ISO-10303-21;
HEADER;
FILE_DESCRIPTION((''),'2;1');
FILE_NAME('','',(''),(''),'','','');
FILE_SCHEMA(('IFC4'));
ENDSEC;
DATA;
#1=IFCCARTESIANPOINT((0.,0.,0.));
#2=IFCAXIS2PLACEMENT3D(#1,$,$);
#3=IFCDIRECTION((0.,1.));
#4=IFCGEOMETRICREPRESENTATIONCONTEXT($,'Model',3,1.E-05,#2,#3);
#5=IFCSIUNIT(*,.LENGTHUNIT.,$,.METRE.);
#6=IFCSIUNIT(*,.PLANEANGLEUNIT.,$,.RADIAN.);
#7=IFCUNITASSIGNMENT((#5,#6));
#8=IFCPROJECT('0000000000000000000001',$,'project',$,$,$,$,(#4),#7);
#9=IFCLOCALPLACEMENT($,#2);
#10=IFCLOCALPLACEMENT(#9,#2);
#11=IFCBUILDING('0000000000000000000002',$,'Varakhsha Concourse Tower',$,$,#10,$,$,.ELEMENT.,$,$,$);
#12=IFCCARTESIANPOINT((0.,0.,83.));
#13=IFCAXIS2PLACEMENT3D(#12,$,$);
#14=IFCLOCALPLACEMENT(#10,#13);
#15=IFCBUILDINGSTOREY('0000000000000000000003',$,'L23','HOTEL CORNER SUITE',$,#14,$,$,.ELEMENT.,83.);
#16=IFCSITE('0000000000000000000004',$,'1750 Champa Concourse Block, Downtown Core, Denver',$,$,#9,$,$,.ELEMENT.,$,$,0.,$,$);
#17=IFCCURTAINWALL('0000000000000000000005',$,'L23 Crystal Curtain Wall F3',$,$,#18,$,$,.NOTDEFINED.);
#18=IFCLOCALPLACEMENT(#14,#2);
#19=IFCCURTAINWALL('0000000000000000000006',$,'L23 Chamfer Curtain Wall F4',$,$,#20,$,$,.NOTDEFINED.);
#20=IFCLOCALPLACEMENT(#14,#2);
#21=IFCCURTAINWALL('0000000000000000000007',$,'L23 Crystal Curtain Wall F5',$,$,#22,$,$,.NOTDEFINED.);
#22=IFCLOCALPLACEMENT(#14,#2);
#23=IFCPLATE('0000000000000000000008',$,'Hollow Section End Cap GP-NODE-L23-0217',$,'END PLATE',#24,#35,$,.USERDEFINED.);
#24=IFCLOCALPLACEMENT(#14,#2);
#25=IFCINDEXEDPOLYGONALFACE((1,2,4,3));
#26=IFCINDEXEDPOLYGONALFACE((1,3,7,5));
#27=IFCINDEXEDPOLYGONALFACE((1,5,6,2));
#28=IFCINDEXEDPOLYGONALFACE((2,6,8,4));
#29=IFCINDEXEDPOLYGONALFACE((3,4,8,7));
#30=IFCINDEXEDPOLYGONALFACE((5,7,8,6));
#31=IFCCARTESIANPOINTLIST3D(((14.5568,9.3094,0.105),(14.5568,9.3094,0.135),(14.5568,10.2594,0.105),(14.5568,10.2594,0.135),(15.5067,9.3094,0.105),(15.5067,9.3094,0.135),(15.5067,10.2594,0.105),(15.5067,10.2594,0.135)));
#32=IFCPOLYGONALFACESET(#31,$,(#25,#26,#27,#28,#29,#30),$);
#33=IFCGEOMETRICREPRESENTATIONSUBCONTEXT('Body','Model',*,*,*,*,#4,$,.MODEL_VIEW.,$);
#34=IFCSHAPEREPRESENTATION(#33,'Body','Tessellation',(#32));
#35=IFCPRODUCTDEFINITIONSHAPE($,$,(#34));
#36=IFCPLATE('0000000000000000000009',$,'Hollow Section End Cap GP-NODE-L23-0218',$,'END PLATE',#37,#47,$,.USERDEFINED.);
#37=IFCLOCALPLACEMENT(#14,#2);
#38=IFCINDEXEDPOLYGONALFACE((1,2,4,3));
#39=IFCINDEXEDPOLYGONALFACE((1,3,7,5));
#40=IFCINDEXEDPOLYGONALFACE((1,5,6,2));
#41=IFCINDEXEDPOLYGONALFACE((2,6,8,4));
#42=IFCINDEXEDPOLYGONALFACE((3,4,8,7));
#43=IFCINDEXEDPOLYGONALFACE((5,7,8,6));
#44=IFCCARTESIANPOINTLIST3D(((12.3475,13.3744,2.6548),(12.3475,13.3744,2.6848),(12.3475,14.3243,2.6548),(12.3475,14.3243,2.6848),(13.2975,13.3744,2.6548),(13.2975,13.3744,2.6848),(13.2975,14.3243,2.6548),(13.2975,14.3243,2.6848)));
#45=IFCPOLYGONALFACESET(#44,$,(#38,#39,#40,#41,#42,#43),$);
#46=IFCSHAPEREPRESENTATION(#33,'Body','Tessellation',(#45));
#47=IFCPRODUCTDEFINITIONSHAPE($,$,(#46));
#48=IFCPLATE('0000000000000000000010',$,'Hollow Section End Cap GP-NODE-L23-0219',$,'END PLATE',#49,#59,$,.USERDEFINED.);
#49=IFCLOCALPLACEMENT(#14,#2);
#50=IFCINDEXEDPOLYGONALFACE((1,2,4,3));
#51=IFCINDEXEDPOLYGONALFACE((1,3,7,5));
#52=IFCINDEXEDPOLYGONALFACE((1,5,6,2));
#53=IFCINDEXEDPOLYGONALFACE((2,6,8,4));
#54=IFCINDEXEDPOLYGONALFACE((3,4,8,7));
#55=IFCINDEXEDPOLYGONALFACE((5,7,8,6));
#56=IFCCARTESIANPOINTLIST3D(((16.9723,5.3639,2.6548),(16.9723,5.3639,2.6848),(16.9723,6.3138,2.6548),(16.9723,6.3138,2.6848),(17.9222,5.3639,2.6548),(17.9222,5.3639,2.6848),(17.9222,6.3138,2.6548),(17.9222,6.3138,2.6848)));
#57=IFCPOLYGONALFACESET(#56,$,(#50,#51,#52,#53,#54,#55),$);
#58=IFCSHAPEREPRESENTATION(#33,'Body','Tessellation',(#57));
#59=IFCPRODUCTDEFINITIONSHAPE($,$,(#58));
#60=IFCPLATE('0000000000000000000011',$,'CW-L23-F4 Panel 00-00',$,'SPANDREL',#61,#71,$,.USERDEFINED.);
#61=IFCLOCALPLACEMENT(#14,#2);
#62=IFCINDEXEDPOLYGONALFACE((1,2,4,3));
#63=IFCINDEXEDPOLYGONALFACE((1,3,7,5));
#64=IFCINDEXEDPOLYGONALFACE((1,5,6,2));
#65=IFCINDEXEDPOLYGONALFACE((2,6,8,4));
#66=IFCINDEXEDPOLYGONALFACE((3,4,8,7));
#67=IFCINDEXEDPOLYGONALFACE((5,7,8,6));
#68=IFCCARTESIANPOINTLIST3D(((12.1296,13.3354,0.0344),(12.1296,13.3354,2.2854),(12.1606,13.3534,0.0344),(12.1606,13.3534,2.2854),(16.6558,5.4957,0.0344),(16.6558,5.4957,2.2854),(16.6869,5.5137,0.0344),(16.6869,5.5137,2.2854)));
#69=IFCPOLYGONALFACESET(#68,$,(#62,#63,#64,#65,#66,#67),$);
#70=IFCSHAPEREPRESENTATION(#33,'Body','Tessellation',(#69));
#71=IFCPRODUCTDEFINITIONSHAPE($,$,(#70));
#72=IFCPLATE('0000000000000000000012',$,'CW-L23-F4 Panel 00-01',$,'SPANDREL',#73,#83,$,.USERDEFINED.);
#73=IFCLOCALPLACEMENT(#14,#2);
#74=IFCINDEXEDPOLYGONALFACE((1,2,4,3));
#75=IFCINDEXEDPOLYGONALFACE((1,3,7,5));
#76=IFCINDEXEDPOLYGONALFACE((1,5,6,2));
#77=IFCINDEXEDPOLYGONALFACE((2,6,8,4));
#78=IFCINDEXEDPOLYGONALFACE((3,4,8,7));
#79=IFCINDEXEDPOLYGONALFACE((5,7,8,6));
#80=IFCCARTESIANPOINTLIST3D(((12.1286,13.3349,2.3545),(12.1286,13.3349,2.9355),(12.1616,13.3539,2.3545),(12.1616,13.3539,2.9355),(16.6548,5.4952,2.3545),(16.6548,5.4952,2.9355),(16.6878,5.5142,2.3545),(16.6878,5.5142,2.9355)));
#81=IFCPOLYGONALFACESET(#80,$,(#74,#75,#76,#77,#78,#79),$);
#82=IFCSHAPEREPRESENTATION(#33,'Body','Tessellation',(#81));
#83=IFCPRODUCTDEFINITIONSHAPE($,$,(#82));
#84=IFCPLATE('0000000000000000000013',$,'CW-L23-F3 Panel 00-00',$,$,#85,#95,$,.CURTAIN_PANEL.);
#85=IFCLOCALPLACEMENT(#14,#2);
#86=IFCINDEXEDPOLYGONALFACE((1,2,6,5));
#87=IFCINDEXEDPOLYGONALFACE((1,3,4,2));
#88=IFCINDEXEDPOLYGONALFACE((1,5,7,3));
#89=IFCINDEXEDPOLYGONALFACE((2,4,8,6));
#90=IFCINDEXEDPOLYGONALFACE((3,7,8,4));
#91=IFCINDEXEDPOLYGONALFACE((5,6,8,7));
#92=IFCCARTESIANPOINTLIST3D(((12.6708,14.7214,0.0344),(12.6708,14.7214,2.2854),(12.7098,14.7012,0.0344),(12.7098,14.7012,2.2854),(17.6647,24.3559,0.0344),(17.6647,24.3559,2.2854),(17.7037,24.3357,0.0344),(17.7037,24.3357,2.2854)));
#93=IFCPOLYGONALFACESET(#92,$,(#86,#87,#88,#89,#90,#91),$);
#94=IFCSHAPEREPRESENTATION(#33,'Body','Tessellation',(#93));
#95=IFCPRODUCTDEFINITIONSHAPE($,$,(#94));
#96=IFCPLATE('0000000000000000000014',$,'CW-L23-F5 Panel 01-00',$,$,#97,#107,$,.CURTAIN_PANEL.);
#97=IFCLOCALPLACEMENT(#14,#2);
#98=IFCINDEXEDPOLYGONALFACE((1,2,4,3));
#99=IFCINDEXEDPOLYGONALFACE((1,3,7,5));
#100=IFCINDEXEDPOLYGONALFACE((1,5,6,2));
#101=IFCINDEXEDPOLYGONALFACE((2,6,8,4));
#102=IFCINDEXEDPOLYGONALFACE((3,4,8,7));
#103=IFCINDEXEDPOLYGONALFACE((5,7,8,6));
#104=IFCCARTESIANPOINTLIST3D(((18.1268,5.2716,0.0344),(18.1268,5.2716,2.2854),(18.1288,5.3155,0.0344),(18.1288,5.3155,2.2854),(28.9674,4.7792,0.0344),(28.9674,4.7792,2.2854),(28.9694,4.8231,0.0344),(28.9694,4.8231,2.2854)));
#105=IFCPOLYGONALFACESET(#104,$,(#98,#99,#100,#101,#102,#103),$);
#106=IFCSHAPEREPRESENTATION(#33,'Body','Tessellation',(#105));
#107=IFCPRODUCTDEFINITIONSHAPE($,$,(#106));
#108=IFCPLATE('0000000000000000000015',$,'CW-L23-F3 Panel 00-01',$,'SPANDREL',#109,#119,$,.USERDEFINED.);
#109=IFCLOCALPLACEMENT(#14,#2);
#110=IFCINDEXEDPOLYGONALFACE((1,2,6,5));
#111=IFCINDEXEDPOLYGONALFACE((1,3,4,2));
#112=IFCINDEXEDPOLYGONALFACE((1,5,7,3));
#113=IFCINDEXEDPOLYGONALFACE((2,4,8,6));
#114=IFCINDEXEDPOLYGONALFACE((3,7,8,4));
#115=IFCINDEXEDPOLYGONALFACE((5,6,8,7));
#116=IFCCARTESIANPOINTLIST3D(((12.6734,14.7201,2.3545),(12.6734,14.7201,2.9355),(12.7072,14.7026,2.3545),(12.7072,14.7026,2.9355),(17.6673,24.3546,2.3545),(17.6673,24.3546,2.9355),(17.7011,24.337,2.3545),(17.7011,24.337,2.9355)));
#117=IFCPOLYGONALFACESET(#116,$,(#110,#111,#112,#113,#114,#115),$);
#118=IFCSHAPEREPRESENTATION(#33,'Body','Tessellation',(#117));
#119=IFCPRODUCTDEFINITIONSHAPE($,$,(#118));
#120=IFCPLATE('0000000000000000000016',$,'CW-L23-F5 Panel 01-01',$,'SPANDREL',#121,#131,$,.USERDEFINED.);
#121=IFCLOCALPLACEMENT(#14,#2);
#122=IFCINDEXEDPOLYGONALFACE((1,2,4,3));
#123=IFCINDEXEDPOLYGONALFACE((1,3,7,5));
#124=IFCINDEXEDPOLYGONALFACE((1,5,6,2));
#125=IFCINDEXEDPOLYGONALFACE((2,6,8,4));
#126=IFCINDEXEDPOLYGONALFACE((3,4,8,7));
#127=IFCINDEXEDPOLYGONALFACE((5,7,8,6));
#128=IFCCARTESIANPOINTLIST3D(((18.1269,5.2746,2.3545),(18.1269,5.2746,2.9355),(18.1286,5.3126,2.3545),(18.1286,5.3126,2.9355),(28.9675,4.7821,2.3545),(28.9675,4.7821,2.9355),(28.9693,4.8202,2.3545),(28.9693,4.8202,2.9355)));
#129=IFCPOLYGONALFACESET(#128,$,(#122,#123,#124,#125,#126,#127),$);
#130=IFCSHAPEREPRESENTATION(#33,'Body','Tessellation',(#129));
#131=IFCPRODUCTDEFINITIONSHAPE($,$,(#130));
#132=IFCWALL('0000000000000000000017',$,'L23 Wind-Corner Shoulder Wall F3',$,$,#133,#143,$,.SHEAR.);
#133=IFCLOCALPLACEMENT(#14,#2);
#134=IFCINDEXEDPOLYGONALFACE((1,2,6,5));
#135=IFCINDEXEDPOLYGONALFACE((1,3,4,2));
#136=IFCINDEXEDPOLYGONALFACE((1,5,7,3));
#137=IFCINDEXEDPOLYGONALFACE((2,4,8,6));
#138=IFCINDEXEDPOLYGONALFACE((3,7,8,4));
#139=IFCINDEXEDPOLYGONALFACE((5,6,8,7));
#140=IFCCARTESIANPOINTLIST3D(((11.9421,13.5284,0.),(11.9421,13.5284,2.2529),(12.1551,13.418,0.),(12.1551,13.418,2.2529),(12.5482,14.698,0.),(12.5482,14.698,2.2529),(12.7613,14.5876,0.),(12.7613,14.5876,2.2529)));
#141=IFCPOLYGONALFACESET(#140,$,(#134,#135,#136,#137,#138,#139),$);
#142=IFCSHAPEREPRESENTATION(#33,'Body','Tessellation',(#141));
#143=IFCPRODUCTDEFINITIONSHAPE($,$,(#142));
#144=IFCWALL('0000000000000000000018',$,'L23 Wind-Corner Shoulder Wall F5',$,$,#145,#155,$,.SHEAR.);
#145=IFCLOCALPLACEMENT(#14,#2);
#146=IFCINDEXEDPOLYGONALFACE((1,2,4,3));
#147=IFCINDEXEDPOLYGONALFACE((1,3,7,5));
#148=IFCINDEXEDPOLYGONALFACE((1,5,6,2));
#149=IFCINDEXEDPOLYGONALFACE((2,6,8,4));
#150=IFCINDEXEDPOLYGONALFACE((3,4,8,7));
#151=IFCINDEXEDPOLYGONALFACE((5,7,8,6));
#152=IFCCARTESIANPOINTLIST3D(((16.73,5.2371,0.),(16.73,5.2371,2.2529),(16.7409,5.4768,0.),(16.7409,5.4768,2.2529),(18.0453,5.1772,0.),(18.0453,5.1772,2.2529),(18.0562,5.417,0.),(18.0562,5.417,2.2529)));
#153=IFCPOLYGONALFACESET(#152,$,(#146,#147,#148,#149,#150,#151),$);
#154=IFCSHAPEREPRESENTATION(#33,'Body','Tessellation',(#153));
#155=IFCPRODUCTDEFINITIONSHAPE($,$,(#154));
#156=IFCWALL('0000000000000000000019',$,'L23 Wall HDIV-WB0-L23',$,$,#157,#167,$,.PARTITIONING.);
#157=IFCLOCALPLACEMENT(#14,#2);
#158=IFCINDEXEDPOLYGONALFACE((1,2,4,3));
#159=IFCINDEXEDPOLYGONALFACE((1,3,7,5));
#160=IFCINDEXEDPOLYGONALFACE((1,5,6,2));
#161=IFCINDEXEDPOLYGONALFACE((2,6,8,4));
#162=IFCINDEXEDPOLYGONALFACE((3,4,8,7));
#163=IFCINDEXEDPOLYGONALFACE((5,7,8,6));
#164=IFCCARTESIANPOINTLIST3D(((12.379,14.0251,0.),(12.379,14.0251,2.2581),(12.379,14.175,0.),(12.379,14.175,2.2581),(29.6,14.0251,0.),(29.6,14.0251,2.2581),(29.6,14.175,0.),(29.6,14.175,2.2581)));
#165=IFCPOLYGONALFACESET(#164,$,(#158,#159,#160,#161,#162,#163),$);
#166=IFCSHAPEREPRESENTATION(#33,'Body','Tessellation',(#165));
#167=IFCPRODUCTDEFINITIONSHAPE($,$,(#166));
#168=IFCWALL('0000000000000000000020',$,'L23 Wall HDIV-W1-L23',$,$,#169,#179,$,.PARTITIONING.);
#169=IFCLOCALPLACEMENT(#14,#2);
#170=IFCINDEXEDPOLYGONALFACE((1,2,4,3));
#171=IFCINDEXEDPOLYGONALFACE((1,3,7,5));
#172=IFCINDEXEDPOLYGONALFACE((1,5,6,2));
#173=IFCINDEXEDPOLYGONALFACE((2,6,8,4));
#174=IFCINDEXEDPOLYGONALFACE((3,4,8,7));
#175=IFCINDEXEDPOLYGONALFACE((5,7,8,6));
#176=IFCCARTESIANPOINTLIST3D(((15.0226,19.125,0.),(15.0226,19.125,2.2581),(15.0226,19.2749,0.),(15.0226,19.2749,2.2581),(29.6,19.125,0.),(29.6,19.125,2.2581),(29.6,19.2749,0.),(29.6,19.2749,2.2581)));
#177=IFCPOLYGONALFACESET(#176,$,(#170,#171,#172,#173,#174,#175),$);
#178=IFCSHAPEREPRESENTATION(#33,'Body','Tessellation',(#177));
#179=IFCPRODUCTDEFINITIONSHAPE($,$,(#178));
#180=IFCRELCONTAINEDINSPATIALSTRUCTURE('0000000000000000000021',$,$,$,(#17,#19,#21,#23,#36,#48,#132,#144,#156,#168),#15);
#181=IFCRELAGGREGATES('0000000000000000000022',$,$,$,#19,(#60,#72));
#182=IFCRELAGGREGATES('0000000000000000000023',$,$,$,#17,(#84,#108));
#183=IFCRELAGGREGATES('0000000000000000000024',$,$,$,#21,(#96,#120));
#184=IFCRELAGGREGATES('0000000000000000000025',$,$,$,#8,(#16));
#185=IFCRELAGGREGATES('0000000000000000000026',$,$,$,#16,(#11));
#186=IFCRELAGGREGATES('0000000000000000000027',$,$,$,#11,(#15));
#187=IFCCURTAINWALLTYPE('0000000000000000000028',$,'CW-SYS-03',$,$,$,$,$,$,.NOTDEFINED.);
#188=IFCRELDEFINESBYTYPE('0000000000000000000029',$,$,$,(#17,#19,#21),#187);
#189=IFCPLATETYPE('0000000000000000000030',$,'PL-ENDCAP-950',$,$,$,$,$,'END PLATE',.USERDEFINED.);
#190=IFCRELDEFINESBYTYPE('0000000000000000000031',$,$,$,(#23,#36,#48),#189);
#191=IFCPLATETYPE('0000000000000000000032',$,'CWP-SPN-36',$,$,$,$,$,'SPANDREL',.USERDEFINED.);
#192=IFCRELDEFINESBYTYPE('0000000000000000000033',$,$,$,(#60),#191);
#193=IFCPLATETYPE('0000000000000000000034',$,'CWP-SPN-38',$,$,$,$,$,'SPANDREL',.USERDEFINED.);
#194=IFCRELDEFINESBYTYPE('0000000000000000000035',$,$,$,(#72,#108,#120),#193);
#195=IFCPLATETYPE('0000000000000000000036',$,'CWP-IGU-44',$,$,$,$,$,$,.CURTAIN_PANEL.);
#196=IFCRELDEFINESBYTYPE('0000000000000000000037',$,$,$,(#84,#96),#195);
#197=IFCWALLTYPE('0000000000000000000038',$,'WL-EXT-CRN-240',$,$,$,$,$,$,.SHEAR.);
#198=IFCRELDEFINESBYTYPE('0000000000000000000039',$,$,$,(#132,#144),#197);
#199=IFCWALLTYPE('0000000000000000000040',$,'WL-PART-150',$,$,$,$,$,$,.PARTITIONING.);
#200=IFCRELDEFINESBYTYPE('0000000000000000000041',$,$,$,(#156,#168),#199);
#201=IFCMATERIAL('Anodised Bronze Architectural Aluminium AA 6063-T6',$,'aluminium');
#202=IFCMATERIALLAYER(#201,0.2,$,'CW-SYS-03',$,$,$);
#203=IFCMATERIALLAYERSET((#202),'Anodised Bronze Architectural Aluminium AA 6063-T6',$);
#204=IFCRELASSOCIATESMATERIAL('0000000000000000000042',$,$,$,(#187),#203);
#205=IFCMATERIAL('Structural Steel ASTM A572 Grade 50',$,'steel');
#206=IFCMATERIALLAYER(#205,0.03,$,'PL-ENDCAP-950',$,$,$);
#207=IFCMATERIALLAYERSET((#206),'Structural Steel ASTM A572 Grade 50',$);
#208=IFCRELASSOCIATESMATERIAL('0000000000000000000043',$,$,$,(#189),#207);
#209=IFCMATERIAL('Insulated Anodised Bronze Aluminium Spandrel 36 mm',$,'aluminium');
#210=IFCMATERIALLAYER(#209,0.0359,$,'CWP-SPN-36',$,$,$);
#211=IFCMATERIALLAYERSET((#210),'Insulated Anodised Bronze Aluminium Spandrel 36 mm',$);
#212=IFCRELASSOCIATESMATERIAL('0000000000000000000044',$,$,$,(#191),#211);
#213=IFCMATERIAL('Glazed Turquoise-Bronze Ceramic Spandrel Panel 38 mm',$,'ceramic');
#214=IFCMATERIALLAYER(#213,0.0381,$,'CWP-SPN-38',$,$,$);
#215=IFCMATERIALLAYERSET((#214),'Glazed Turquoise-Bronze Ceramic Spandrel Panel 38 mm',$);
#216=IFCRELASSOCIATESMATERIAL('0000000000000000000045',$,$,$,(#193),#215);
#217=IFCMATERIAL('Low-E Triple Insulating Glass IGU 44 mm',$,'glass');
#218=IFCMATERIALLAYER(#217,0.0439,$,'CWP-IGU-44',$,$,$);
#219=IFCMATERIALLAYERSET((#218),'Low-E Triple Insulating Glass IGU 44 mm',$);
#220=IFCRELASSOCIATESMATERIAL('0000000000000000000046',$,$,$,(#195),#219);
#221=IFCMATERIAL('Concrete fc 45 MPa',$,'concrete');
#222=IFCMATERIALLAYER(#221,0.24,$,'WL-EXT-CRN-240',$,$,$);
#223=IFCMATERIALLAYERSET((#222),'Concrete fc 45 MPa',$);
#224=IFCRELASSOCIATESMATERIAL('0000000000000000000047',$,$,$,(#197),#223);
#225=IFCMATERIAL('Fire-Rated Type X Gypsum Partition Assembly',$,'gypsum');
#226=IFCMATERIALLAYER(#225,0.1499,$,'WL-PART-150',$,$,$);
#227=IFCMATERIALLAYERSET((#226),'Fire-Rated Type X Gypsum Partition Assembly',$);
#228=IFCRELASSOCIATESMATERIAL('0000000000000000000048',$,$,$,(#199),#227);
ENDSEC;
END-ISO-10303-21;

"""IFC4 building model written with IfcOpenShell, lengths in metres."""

from ifc_helpers import new_model, si_unit, direction, frame, frame_2d, origin, origin_2d, place, context, subcontext, project, spatial, rectangle, extrude, source, transform, mapped, material, layer, layer_set, type_object, type_shapes, element, aggregate, save


model = new_model("IFC4")

# Units and contexts
model_context = context("Model", 3, precision=1e-05, world=origin(), true_north=direction((0.0, 1.0)))
body_context = subcontext(model_context, "Body", "Model", "MODEL_VIEW")
ifc_project = project(units=[si_unit("LENGTHUNIT", "METRE"), si_unit("PLANEANGLEUNIT", "RADIAN")], contexts=[model_context])

# Site, building, storey
site_placement = place(None, origin())
site = spatial("IfcSite", under=ifc_project, at=site_placement, Name="1750 Champa Concourse Block, Downtown Core, Denver", CompositionType="ELEMENT", RefElevation=0.0)
building_placement = place(site_placement, origin())
building = spatial("IfcBuilding", under=site, at=building_placement, Name="Varakhsha Concourse Tower", CompositionType="ELEMENT")
storey_placement = place(building_placement, frame((0.0, 0.0, 83.0)))
storey = spatial("IfcBuildingStorey", under=building, at=storey_placement, Name="L23", Description="HOTEL CORNER SUITE", CompositionType="ELEMENT", Elevation=83.0)

# Shared definitions
ifc_material_1 = material(Name="Structural Steel ASTM A572 Grade 50", Category="steel")

# Curtain wall
ifc_material_2 = material(Name="Anodised Bronze Architectural Aluminium AA 6063-T6", Category="aluminium")
ifc_layer_1 = layer(ifc_material_2, 0.2, Name="CW-SYS-03")
ifc_layer_set_1 = layer_set([ifc_layer_1], Name="Anodised Bronze Architectural Aluminium AA 6063-T6")
curtain_wall_type = type_object("IfcCurtainWallType", Name="CW-SYS-03", PredefinedType="NOTDEFINED", material=ifc_layer_set_1)
curtain_wall_1_placement = place(storey_placement, origin())
curtain_wall_1 = element("IfcCurtainWall", 1, at=curtain_wall_1_placement, inside=storey, type_object=curtain_wall_type, Name="L23 Crystal Curtain Wall F3", PredefinedType="NOTDEFINED")

# Curtain wall
curtain_wall_2_placement = place(storey_placement, origin())
curtain_wall_2 = element("IfcCurtainWall", 2, at=curtain_wall_2_placement, inside=storey, type_object=curtain_wall_type, Name="L23 Chamfer Curtain Wall F4", PredefinedType="NOTDEFINED")

# Curtain wall
curtain_wall_3_placement = place(storey_placement, origin())
curtain_wall_3 = element("IfcCurtainWall", 3, at=curtain_wall_3_placement, inside=storey, type_object=curtain_wall_type, Name="L23 Crystal Curtain Wall F5", PredefinedType="NOTDEFINED")

# Shared definitions
ifc_material_3 = material(Name="Concrete fc 45 MPa", Category="concrete")

# Plates
ifc_layer_2 = layer(ifc_material_1, 0.03, Name="PL-ENDCAP-950")
ifc_layer_set_2 = layer_set([ifc_layer_2], Name="Structural Steel ASTM A572 Grade 50")
plate_type_1 = type_object("IfcPlateType", Name="PL-ENDCAP-950", ElementType="END PLATE", PredefinedType="USERDEFINED", material=ifc_layer_set_2)
shared_shape_1 = source(origin(), body_context, "Body", "SweptSolid", [
    extrude(rectangle(XDim=0.95, YDim=0.95, at=origin_2d()), origin(), (0.0, 0.0, 1.0), 0.03),
])
type_shapes(plate_type_1, [shared_shape_1])
for number, where, z_axis, x_axis, name in (
    (4, (15.0317, 9.7844, 0.105), (0.0, 0.0, 1.0), (1.0, 0.0, 0.0), "Hollow Section End Cap GP-NODE-L23-0217"),
    (5, (12.8225, 13.8494, 2.6548), (0.0, 0.0, 1.0), (1.0, 0.0, 0.0), "Hollow Section End Cap GP-NODE-L23-0218"),
    (6, (17.4473, 5.8389, 2.6548), (0.0, 0.0, 1.0), (1.0, 0.0, 0.0), "Hollow Section End Cap GP-NODE-L23-0219"),
):
    element("IfcPlate", number, at=place(storey_placement, frame(where, z_axis=z_axis, x_axis=x_axis)), inside=storey, type_object=plate_type_1, Name=name, ObjectType="END PLATE", PredefinedType="USERDEFINED", context=body_context, shape_type="MappedRepresentation", body=[
        mapped(shared_shape_1, transform((0.0, 0.0, 0.0), scale=1.0)),
    ])

# Plates
ifc_material_4 = material(Name="Insulated Anodised Bronze Aluminium Spandrel 36 mm", Category="aluminium")
ifc_layer_3 = layer(ifc_material_4, 0.0359, Name="CWP-SPN-36")
ifc_layer_set_3 = layer_set([ifc_layer_3], Name="Insulated Anodised Bronze Aluminium Spandrel 36 mm")
plate_type_2 = type_object("IfcPlateType", Name="CWP-SPN-36", ElementType="SPANDREL", PredefinedType="USERDEFINED", material=ifc_layer_set_3)
shared_shape_2 = source(origin(), body_context, "Body", "SweptSolid", [
    extrude(rectangle(XDim=9.0525, YDim=0.0359, at=origin_2d()), origin(), (0.0, 0.0, 1.0), 2.251),
])
type_shapes(plate_type_2, [shared_shape_2])
plate_1_placement = place(storey_placement, frame((14.4082, 9.4246, 0.0344), z_axis=(0.0, 0.0, 1.0), x_axis=(-0.499997, 0.866027, 0.0)))
plate_1 = element("IfcPlate", 7, at=plate_1_placement, type_object=plate_type_2, Name="CW-L23-F4 Panel 00-00", ObjectType="SPANDREL", PredefinedType="USERDEFINED", context=body_context, shape_type="MappedRepresentation", body=[
    mapped(shared_shape_2, transform((0.0, 0.0, 0.0), scale=1.0)),
])
ifc_material_5 = material(Name="Glazed Turquoise-Bronze Ceramic Spandrel Panel 38 mm", Category="ceramic")
ifc_layer_4 = layer(ifc_material_5, 0.0381, Name="CWP-SPN-38")
ifc_layer_set_4 = layer_set([ifc_layer_4], Name="Glazed Turquoise-Bronze Ceramic Spandrel Panel 38 mm")
plate_type_3 = type_object("IfcPlateType", Name="CWP-SPN-38", ElementType="SPANDREL", PredefinedType="USERDEFINED", material=ifc_layer_set_4)
shared_shape_3 = source(origin(), body_context, "Body", "SweptSolid", [
    extrude(rectangle(XDim=9.0525, YDim=0.0381, at=origin_2d()), origin(), (0.0, 0.0, 1.0), 0.5811),
])
plate_2_placement = place(storey_placement, frame((14.4082, 9.4246, 2.3545), z_axis=(0.0, 0.0, 1.0), x_axis=(-0.499997, 0.866027, 0.0)))
plate_2 = element("IfcPlate", 8, at=plate_2_placement, type_object=plate_type_3, Name="CW-L23-F4 Panel 00-01", ObjectType="SPANDREL", PredefinedType="USERDEFINED", context=body_context, shape_type="MappedRepresentation", body=[
    mapped(shared_shape_3, transform((0.0, 0.0, 0.0), scale=1.0)),
])
aggregate(curtain_wall_2, [plate_1, plate_2])
ifc_material_6 = material(Name="Low-E Triple Insulating Glass IGU 44 mm", Category="glass")
ifc_layer_5 = layer(ifc_material_6, 0.0439, Name="CWP-IGU-44")
ifc_layer_set_5 = layer_set([ifc_layer_5], Name="Low-E Triple Insulating Glass IGU 44 mm")
plate_type_4 = type_object("IfcPlateType", Name="CWP-IGU-44", PredefinedType="CURTAIN_PANEL", material=ifc_layer_set_5)
shared_shape_4 = source(origin(), body_context, "Body", "SweptSolid", [
    extrude(rectangle(XDim=10.8518, YDim=0.0439, at=origin_2d()), origin(), (0.0, 0.0, 1.0), 2.251),
])
type_shapes(plate_type_4, [shared_shape_4])
plate_3_placement = place(storey_placement, frame((15.1873, 19.5286, 0.0344), z_axis=(0.0, 0.0, 1.0), x_axis=(0.460186, 0.887823, 0.0)))
plate_3 = element("IfcPlate", 9, at=plate_3_placement, type_object=plate_type_4, Name="CW-L23-F3 Panel 00-00", PredefinedType="CURTAIN_PANEL", context=body_context, shape_type="MappedRepresentation", body=[
    mapped(shared_shape_4, transform((0.0, 0.0, 0.0), scale=1.0)),
])
plate_4_placement = place(storey_placement, frame((23.5481, 5.0474, 0.0344), z_axis=(0.0, 0.0, 1.0), x_axis=(-0.99897, 0.04538, 0.0)))
plate_4 = element("IfcPlate", 10, at=plate_4_placement, type_object=plate_type_4, Name="CW-L23-F5 Panel 01-00", PredefinedType="CURTAIN_PANEL", context=body_context, shape_type="MappedRepresentation", body=[
    mapped(shared_shape_4, transform((0.0, 0.0, 0.0), scale=1.0)),
])
shared_shape_5 = source(origin(), body_context, "Body", "SweptSolid", [
    extrude(rectangle(XDim=10.8518, YDim=0.0381, at=origin_2d()), origin(), (0.0, 0.0, 1.0), 0.5811),
])
type_shapes(plate_type_3, [shared_shape_3, shared_shape_5])
plate_5_placement = place(storey_placement, frame((15.1873, 19.5286, 2.3545), z_axis=(0.0, 0.0, 1.0), x_axis=(0.460186, 0.887823, 0.0)))
plate_5 = element("IfcPlate", 11, at=plate_5_placement, type_object=plate_type_3, Name="CW-L23-F3 Panel 00-01", ObjectType="SPANDREL", PredefinedType="USERDEFINED", context=body_context, shape_type="MappedRepresentation", body=[
    mapped(shared_shape_5, transform((0.0, 0.0, 0.0), scale=1.0)),
])
aggregate(curtain_wall_1, [plate_3, plate_5])
plate_6_placement = place(storey_placement, frame((23.5481, 5.0474, 2.3545), z_axis=(0.0, 0.0, 1.0), x_axis=(-0.99897, 0.04538, 0.0)))
plate_6 = element("IfcPlate", 12, at=plate_6_placement, type_object=plate_type_3, Name="CW-L23-F5 Panel 01-01", ObjectType="SPANDREL", PredefinedType="USERDEFINED", context=body_context, shape_type="MappedRepresentation", body=[
    mapped(shared_shape_5, transform((0.0, 0.0, 0.0), scale=1.0)),
])
aggregate(curtain_wall_3, [plate_4, plate_6])

# Walls
ifc_layer_6 = layer(ifc_material_3, 0.24, Name="WL-EXT-CRN-240")
ifc_layer_set_6 = layer_set([ifc_layer_6], Name="Concrete fc 45 MPa")
wall_type_1 = type_object("IfcWallType", Name="WL-EXT-CRN-240", PredefinedType="SHEAR", material=ifc_layer_set_6)
wall_1_placement = place(storey_placement, frame((12.6548, 14.6428, 0.0), z_axis=(0.0, 0.0, 1.0), x_axis=(-0.460139, -0.887847, 0.0)))
element("IfcWall", 13, at=wall_1_placement, inside=storey, type_object=wall_type_1, Name="L23 Wind-Corner Shoulder Wall F3", PredefinedType="SHEAR", context=body_context, shape_type="SweptSolid", body=[
    extrude(rectangle(XDim=1.3174, YDim=0.24, at=frame_2d((0.6587, 0.0))), origin(), (0.0, 0.0, 1.0), 2.2529),
])
wall_2_placement = place(storey_placement, frame((16.7356, 5.3569, 0.0), z_axis=(0.0, 0.0, 1.0), x_axis=(0.998967, -0.045433, 0.0)))
element("IfcWall", 14, at=wall_2_placement, inside=storey, type_object=wall_type_1, Name="L23 Wind-Corner Shoulder Wall F5", PredefinedType="SHEAR", context=body_context, shape_type="SweptSolid", body=[
    extrude(rectangle(XDim=1.3167, YDim=0.24, at=frame_2d((0.6582, 0.0))), origin(), (0.0, 0.0, 1.0), 2.2529),
])
ifc_material_7 = material(Name="Fire-Rated Type X Gypsum Partition Assembly", Category="gypsum")
ifc_layer_7 = layer(ifc_material_7, 0.1499, Name="WL-PART-150")
ifc_layer_set_7 = layer_set([ifc_layer_7], Name="Fire-Rated Type X Gypsum Partition Assembly")
wall_type_2 = type_object("IfcWallType", Name="WL-PART-150", PredefinedType="PARTITIONING", material=ifc_layer_set_7)
wall_3_placement = place(storey_placement, frame((12.3792, 14.1001, 0.0), z_axis=(0.0, 0.0, 1.0), x_axis=(1.0, 0.0, 0.0)))
element("IfcWall", 15, at=wall_3_placement, inside=storey, type_object=wall_type_2, Name="L23 Wall HDIV-WB0-L23", PredefinedType="PARTITIONING", context=body_context, shape_type="SweptSolid", body=[
    extrude(rectangle(XDim=17.2209, YDim=0.1499, at=frame_2d((8.6104, 0.0))), origin(), (0.0, 0.0, 1.0), 2.2581),
])
wall_4_placement = place(storey_placement, frame((15.0227, 19.2, 0.0), z_axis=(0.0, 0.0, 1.0), x_axis=(1.0, 0.0, 0.0)))
element("IfcWall", 16, at=wall_4_placement, inside=storey, type_object=wall_type_2, Name="L23 Wall HDIV-W1-L23", PredefinedType="PARTITIONING", context=body_context, shape_type="SweptSolid", body=[
    extrude(rectangle(XDim=14.5774, YDim=0.1499, at=frame_2d((7.2886, 0.0))), origin(), (0.0, 0.0, 1.0), 2.2581),
])

save(model, "model.ifc")
